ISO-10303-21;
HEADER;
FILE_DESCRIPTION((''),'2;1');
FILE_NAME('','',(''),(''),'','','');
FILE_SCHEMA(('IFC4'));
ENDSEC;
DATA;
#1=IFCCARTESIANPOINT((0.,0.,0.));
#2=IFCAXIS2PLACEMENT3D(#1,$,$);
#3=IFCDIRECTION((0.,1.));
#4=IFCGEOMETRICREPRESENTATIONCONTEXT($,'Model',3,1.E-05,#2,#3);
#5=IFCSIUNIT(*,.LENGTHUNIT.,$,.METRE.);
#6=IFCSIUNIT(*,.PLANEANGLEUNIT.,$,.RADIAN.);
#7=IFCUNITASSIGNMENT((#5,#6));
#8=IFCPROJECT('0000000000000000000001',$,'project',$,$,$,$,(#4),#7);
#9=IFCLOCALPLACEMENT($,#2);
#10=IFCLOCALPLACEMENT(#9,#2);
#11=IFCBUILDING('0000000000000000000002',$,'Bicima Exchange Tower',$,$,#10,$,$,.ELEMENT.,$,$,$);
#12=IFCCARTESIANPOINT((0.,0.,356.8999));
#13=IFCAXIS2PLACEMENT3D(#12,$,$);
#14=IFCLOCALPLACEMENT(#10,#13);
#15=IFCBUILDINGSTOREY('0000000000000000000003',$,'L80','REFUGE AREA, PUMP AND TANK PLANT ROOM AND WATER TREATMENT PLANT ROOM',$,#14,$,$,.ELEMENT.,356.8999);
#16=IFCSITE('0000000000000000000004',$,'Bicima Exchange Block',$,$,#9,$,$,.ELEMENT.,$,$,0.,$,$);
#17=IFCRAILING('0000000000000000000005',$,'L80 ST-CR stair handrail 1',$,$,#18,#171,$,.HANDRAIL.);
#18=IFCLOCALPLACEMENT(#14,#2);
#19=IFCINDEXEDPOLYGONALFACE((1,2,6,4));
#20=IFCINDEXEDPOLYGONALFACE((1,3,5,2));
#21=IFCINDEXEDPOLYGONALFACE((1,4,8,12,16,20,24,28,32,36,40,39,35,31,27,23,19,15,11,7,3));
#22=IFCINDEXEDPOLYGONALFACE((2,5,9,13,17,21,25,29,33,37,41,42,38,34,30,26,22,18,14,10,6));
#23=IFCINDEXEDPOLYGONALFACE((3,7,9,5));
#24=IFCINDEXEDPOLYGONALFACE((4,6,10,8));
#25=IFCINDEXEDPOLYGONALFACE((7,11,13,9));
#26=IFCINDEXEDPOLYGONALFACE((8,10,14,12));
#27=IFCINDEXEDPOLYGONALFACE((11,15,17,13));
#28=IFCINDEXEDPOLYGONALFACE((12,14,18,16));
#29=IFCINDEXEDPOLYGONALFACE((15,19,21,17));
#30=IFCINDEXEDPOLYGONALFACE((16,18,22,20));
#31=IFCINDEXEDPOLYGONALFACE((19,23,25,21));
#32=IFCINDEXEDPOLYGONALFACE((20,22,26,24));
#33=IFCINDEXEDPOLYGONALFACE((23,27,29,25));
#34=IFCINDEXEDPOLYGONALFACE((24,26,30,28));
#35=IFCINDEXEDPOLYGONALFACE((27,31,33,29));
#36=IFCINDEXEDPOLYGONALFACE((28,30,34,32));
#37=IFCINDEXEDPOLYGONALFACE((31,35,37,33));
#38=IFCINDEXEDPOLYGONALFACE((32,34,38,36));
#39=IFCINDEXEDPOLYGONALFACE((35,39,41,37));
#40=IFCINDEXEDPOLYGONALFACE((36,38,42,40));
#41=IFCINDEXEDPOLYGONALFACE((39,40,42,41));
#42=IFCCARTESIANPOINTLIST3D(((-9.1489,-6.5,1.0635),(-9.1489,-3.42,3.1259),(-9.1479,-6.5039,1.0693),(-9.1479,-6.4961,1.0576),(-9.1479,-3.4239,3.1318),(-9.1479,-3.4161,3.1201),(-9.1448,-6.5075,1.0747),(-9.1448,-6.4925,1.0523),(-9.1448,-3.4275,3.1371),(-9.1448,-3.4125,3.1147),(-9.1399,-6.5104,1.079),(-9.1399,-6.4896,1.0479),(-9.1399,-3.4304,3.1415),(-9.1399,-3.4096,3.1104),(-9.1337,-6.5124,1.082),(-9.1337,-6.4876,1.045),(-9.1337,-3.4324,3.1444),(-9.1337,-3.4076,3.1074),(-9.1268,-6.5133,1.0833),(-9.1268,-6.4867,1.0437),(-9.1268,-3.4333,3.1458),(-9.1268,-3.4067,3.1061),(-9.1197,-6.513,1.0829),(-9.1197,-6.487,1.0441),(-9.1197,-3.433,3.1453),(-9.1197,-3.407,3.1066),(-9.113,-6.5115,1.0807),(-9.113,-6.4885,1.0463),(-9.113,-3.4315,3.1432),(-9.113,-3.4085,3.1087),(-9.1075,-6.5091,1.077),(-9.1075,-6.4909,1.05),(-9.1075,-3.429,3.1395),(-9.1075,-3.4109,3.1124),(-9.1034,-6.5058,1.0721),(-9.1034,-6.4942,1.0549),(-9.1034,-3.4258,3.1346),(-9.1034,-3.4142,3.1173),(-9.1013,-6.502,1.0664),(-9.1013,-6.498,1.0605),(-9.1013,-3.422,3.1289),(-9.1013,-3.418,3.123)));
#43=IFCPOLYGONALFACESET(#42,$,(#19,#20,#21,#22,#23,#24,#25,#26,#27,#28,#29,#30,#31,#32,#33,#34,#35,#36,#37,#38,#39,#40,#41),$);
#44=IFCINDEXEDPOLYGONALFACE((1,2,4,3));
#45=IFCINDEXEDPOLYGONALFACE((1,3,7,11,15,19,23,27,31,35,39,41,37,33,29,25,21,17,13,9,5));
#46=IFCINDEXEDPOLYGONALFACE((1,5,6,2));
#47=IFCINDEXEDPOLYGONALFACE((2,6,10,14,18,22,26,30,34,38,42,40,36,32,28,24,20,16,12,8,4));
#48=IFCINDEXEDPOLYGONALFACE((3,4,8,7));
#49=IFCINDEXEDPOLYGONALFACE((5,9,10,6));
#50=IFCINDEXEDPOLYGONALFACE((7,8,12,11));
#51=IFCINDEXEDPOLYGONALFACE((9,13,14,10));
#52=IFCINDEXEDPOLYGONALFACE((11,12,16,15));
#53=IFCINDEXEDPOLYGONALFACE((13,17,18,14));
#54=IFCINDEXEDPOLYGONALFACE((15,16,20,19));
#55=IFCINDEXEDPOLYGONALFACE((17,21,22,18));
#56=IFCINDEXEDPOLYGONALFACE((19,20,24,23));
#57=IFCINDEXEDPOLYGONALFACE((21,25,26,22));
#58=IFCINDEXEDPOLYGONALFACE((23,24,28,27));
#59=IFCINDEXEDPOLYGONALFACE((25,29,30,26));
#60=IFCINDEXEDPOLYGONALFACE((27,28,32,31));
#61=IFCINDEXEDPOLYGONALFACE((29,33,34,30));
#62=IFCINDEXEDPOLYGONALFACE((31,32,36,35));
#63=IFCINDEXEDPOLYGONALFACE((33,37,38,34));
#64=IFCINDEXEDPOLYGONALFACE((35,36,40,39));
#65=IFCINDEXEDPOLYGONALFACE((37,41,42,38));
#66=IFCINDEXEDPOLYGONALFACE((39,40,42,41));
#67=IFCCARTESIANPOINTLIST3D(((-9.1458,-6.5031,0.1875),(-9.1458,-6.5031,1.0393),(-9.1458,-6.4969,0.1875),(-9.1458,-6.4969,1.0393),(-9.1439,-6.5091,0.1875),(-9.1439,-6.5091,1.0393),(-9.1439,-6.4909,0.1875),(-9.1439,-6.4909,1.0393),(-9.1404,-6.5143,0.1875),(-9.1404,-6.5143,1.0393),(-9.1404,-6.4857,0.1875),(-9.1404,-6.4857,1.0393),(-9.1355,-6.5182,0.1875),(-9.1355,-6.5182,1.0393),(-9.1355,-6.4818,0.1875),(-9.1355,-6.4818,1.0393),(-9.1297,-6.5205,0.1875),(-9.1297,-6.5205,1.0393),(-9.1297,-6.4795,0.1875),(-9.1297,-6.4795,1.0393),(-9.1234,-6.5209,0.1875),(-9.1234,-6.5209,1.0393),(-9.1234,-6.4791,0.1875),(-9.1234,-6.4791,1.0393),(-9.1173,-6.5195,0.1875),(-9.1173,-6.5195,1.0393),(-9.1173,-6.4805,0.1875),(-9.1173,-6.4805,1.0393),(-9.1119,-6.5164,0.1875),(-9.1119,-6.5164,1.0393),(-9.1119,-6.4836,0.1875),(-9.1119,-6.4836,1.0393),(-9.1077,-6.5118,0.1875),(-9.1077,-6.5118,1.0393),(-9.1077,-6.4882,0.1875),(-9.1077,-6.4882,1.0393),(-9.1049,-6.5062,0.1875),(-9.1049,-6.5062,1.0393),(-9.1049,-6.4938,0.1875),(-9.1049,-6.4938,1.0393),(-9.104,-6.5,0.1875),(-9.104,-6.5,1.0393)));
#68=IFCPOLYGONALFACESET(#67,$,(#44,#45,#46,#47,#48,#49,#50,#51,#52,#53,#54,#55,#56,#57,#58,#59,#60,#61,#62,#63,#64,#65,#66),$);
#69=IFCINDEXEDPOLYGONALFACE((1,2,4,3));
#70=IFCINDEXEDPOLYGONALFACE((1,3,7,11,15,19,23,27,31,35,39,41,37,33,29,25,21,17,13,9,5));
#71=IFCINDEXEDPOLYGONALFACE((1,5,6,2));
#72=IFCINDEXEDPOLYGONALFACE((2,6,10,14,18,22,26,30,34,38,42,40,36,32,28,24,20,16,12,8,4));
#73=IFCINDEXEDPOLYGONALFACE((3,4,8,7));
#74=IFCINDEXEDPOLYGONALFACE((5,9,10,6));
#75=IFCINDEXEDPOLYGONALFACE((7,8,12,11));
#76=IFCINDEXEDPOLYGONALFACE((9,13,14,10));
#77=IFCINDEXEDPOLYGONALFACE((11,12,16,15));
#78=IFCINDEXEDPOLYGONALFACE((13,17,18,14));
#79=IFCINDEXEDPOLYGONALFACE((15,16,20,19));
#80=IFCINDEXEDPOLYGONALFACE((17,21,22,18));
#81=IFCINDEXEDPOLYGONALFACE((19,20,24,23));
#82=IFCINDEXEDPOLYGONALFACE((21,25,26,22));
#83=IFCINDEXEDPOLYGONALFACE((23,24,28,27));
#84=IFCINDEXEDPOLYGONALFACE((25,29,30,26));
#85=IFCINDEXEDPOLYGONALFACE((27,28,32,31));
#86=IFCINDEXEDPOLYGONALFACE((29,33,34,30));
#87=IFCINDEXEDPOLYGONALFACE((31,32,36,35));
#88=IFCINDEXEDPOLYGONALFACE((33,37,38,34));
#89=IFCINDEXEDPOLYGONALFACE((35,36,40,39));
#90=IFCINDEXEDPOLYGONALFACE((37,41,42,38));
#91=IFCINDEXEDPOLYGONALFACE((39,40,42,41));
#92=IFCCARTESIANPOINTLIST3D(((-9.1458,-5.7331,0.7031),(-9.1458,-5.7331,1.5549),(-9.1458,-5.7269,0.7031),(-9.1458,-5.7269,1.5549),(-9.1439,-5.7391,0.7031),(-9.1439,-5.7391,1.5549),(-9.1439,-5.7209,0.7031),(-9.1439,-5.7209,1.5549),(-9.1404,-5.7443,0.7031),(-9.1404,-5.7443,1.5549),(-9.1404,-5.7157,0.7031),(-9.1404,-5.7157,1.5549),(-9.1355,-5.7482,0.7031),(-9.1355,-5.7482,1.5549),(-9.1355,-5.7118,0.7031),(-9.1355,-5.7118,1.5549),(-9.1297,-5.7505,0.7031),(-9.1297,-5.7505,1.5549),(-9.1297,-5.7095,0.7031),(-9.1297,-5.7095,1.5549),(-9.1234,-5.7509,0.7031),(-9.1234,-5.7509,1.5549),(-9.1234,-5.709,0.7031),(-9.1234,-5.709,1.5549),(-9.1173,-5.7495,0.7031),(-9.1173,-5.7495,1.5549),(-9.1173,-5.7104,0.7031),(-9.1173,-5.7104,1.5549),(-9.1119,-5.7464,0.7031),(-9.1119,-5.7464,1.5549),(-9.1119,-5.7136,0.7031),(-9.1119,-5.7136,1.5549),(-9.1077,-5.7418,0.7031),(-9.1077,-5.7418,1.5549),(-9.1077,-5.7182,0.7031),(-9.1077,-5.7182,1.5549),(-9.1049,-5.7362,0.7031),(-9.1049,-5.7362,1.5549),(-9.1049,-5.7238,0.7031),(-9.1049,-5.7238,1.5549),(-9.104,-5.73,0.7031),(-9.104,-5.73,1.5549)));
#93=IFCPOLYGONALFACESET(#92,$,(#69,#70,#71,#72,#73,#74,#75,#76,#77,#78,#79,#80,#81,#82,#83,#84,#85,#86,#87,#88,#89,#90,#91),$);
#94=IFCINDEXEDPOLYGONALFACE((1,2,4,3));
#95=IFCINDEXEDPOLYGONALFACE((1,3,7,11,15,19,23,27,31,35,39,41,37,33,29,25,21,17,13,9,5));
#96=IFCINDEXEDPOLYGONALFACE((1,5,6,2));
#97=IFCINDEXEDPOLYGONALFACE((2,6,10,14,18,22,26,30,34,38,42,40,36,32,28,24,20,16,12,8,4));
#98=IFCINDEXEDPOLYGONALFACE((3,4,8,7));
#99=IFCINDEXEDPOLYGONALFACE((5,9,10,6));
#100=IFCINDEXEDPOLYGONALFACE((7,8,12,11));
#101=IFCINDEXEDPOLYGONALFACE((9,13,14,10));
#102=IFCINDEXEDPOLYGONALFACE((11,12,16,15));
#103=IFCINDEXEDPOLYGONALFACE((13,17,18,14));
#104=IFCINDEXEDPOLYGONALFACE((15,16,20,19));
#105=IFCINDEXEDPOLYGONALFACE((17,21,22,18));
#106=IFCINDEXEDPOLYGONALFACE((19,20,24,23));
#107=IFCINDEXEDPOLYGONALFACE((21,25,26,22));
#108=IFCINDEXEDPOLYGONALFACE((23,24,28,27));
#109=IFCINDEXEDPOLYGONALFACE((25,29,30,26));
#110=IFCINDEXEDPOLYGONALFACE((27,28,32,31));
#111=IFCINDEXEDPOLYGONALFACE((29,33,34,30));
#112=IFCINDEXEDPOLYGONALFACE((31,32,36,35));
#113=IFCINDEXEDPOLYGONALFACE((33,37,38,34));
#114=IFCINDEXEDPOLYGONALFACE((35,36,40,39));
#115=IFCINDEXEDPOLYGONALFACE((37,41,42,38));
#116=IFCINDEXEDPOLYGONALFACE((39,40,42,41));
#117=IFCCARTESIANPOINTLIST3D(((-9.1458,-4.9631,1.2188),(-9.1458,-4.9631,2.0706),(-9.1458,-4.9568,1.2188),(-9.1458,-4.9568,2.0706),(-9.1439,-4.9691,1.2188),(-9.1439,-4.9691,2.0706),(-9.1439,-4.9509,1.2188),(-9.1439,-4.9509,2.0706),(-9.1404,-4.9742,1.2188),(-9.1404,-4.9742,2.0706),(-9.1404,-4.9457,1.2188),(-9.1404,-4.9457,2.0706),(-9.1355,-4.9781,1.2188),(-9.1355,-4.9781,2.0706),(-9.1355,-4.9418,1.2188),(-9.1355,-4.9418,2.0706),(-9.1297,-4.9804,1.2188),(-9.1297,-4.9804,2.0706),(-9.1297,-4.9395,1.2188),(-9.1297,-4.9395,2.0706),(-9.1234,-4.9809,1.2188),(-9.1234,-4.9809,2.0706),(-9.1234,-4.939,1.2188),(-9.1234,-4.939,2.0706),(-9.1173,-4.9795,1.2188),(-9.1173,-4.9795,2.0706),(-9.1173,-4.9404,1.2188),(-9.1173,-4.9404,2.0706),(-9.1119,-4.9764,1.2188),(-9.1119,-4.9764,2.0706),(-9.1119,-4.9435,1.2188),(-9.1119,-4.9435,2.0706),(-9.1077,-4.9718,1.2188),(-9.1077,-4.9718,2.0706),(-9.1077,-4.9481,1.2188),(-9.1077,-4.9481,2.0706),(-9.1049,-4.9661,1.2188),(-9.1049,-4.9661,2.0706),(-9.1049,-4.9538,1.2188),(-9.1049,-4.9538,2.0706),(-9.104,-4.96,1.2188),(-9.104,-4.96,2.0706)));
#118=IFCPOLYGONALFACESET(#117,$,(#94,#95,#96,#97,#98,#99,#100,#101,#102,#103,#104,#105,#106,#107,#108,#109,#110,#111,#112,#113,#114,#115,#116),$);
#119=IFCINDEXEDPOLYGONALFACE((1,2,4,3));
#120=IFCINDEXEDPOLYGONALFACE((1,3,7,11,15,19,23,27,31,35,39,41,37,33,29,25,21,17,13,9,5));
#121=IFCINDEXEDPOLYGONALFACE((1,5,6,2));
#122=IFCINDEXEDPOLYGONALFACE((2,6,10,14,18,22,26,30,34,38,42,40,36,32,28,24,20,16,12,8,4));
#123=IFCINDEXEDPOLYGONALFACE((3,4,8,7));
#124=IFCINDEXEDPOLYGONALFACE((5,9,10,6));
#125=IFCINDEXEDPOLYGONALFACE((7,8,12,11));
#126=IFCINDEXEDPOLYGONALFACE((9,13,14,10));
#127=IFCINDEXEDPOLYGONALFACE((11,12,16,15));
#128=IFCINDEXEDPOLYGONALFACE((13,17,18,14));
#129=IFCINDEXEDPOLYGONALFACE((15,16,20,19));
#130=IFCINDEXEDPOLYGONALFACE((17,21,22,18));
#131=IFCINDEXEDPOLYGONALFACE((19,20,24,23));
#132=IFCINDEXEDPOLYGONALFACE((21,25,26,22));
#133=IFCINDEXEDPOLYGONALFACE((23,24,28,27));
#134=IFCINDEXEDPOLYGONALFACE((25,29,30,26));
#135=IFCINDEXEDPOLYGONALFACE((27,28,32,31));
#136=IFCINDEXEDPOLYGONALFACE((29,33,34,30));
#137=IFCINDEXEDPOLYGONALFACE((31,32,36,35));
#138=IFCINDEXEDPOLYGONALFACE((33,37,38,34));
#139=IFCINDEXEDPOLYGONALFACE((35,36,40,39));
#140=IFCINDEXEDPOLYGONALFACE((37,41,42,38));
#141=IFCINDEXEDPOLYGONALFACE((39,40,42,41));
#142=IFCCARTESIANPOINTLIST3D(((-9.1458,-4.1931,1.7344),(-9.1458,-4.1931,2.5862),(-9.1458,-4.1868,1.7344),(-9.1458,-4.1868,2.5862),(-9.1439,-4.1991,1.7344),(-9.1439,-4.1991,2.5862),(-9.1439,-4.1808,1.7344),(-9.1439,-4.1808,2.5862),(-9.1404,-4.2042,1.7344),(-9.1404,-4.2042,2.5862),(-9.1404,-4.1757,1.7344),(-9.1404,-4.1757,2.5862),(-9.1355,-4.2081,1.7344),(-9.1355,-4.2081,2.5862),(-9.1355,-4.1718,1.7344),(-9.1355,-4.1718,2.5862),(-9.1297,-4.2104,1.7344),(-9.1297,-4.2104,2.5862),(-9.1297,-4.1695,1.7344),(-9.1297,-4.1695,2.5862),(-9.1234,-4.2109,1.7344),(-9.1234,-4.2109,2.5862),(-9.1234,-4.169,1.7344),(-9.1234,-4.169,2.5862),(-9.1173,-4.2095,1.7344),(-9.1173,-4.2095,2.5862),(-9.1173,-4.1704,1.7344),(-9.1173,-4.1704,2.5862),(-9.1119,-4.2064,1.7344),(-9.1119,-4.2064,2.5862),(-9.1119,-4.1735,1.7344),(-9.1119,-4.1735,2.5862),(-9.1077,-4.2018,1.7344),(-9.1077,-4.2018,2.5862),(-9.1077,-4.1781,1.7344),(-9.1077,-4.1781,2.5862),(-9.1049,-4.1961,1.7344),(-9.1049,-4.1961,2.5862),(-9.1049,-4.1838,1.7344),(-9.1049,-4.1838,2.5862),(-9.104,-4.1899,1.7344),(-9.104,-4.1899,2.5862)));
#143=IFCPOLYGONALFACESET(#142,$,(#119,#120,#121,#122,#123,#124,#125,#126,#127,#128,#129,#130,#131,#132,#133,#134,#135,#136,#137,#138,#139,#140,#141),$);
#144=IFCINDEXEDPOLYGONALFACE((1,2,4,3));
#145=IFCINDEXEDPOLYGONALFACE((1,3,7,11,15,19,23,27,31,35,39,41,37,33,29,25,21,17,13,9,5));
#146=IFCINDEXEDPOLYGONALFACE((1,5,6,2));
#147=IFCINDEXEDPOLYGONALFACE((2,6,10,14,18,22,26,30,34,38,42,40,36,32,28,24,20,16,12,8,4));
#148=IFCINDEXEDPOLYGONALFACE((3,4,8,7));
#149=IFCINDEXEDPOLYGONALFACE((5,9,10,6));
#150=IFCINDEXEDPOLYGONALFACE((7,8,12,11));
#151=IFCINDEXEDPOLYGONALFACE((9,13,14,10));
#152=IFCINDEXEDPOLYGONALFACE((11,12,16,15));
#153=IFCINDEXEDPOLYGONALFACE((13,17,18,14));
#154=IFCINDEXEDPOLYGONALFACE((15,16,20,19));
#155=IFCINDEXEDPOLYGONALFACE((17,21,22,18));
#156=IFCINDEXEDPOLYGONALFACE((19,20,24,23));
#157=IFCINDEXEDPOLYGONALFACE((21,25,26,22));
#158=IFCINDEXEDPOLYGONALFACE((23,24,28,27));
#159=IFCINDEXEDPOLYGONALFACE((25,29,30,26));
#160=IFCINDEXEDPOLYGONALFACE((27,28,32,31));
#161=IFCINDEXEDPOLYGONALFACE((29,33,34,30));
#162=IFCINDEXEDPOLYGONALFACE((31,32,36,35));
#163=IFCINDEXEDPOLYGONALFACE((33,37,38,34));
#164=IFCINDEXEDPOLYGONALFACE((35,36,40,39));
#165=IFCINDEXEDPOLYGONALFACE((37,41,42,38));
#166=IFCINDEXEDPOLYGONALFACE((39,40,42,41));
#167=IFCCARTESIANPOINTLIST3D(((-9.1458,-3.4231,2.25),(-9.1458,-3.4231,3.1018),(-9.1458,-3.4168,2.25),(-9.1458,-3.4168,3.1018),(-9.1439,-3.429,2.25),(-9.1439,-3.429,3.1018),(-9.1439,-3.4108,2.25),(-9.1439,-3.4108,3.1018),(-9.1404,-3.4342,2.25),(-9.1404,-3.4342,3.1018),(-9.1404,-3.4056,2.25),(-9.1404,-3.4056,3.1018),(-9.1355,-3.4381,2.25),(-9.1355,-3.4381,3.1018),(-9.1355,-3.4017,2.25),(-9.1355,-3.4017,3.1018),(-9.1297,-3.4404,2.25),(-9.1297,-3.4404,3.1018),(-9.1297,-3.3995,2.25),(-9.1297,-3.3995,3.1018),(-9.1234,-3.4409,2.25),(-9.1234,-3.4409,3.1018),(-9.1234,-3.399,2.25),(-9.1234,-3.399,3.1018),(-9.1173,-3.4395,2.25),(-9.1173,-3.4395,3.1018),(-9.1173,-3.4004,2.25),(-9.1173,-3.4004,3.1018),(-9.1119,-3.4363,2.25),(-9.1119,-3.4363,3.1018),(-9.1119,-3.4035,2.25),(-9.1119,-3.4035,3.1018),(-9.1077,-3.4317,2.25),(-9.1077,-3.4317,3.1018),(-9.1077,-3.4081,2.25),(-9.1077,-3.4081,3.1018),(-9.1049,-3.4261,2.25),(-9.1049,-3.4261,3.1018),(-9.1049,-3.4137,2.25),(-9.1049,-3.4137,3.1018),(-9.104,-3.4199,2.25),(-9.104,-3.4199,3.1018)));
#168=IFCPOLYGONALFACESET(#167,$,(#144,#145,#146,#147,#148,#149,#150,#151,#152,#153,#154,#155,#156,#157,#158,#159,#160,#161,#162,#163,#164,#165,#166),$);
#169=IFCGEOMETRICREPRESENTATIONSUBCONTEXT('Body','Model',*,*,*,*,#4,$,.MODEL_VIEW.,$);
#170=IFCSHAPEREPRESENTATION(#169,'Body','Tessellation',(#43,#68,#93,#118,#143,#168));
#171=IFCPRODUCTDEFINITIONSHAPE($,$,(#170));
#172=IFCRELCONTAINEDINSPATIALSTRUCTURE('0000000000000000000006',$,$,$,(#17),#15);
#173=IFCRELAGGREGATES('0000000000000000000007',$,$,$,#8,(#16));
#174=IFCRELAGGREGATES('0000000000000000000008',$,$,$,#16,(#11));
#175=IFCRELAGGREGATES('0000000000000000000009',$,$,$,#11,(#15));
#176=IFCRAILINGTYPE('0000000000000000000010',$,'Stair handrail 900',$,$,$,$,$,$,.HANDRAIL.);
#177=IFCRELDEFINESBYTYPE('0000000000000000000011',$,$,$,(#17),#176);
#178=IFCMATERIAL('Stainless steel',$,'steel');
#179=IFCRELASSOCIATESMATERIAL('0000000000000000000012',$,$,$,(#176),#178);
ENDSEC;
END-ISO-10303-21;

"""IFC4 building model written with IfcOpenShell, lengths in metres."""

from ifc_helpers import new_model, si_unit, direction, frame, origin, origin_2d, place, context, subcontext, project, spatial, circle, extrude, material, type_object, element, save


model = new_model("IFC4")

# Units and contexts
model_context = context("Model", 3, precision=1e-05, world=origin(), true_north=direction((0.0, 1.0)))
body_context = subcontext(model_context, "Body", "Model", "MODEL_VIEW")
ifc_project = project(units=[si_unit("LENGTHUNIT", "METRE"), si_unit("PLANEANGLEUNIT", "RADIAN")], contexts=[model_context])

# Site, building, storey
site_placement = place(None, origin())
site = spatial("IfcSite", under=ifc_project, at=site_placement, Name="Bicima Exchange Block", CompositionType="ELEMENT", RefElevation=0.0)
building_placement = place(site_placement, origin())
building = spatial("IfcBuilding", under=site, at=building_placement, Name="Bicima Exchange Tower", CompositionType="ELEMENT")
storey_placement = place(building_placement, frame((0.0, 0.0, 356.8999)))
storey = spatial("IfcBuildingStorey", under=building, at=storey_placement, Name="L80", Description="REFUGE AREA, PUMP AND TANK PLANT ROOM AND WATER TREATMENT PLANT ROOM", CompositionType="ELEMENT", Elevation=356.8999)

# Railing
ifc_material_1 = material(Name="Stainless steel", Category="steel")
railing_type_1 = type_object("IfcRailingType", Name="Stair handrail 900", PredefinedType="HANDRAIL", material=ifc_material_1)
railing_1_placement = place(storey_placement, frame((-9.125, -6.5, 0.1875)))
element("IfcRailing", 1, at=railing_1_placement, inside=storey, type_object=railing_type_1, Name="L80 ST-CR stair handrail 1", PredefinedType="HANDRAIL", context=body_context, shape_type="SweptSolid", body=[
    extrude(circle(Radius=0.0239, at=origin_2d()), frame((0.0, 0.0, 0.876), z_axis=(0.0, 0.830914, 0.556401), x_axis=(-1.0, 0.0, 0.0)), (0.0, 0.0, 1.0), 3.7068),
    extrude(circle(Radius=0.021, at=origin_2d()), origin(), (0.0, 0.0, 1.0), 0.8518),
    extrude(circle(Radius=0.021, at=origin_2d()), frame((0.0, 0.77, 0.5156)), (0.0, 0.0, 1.0), 0.8518),
    extrude(circle(Radius=0.021, at=origin_2d()), frame((0.0, 1.54, 1.0312)), (0.0, 0.0, 1.0), 0.8518),
    extrude(circle(Radius=0.021, at=origin_2d()), frame((0.0, 2.3101, 1.5469)), (0.0, 0.0, 1.0), 0.8518),
    extrude(circle(Radius=0.021, at=origin_2d()), frame((0.0, 3.0801, 2.0625)), (0.0, 0.0, 1.0), 0.8518),
])

save(model, "model.ifc")
